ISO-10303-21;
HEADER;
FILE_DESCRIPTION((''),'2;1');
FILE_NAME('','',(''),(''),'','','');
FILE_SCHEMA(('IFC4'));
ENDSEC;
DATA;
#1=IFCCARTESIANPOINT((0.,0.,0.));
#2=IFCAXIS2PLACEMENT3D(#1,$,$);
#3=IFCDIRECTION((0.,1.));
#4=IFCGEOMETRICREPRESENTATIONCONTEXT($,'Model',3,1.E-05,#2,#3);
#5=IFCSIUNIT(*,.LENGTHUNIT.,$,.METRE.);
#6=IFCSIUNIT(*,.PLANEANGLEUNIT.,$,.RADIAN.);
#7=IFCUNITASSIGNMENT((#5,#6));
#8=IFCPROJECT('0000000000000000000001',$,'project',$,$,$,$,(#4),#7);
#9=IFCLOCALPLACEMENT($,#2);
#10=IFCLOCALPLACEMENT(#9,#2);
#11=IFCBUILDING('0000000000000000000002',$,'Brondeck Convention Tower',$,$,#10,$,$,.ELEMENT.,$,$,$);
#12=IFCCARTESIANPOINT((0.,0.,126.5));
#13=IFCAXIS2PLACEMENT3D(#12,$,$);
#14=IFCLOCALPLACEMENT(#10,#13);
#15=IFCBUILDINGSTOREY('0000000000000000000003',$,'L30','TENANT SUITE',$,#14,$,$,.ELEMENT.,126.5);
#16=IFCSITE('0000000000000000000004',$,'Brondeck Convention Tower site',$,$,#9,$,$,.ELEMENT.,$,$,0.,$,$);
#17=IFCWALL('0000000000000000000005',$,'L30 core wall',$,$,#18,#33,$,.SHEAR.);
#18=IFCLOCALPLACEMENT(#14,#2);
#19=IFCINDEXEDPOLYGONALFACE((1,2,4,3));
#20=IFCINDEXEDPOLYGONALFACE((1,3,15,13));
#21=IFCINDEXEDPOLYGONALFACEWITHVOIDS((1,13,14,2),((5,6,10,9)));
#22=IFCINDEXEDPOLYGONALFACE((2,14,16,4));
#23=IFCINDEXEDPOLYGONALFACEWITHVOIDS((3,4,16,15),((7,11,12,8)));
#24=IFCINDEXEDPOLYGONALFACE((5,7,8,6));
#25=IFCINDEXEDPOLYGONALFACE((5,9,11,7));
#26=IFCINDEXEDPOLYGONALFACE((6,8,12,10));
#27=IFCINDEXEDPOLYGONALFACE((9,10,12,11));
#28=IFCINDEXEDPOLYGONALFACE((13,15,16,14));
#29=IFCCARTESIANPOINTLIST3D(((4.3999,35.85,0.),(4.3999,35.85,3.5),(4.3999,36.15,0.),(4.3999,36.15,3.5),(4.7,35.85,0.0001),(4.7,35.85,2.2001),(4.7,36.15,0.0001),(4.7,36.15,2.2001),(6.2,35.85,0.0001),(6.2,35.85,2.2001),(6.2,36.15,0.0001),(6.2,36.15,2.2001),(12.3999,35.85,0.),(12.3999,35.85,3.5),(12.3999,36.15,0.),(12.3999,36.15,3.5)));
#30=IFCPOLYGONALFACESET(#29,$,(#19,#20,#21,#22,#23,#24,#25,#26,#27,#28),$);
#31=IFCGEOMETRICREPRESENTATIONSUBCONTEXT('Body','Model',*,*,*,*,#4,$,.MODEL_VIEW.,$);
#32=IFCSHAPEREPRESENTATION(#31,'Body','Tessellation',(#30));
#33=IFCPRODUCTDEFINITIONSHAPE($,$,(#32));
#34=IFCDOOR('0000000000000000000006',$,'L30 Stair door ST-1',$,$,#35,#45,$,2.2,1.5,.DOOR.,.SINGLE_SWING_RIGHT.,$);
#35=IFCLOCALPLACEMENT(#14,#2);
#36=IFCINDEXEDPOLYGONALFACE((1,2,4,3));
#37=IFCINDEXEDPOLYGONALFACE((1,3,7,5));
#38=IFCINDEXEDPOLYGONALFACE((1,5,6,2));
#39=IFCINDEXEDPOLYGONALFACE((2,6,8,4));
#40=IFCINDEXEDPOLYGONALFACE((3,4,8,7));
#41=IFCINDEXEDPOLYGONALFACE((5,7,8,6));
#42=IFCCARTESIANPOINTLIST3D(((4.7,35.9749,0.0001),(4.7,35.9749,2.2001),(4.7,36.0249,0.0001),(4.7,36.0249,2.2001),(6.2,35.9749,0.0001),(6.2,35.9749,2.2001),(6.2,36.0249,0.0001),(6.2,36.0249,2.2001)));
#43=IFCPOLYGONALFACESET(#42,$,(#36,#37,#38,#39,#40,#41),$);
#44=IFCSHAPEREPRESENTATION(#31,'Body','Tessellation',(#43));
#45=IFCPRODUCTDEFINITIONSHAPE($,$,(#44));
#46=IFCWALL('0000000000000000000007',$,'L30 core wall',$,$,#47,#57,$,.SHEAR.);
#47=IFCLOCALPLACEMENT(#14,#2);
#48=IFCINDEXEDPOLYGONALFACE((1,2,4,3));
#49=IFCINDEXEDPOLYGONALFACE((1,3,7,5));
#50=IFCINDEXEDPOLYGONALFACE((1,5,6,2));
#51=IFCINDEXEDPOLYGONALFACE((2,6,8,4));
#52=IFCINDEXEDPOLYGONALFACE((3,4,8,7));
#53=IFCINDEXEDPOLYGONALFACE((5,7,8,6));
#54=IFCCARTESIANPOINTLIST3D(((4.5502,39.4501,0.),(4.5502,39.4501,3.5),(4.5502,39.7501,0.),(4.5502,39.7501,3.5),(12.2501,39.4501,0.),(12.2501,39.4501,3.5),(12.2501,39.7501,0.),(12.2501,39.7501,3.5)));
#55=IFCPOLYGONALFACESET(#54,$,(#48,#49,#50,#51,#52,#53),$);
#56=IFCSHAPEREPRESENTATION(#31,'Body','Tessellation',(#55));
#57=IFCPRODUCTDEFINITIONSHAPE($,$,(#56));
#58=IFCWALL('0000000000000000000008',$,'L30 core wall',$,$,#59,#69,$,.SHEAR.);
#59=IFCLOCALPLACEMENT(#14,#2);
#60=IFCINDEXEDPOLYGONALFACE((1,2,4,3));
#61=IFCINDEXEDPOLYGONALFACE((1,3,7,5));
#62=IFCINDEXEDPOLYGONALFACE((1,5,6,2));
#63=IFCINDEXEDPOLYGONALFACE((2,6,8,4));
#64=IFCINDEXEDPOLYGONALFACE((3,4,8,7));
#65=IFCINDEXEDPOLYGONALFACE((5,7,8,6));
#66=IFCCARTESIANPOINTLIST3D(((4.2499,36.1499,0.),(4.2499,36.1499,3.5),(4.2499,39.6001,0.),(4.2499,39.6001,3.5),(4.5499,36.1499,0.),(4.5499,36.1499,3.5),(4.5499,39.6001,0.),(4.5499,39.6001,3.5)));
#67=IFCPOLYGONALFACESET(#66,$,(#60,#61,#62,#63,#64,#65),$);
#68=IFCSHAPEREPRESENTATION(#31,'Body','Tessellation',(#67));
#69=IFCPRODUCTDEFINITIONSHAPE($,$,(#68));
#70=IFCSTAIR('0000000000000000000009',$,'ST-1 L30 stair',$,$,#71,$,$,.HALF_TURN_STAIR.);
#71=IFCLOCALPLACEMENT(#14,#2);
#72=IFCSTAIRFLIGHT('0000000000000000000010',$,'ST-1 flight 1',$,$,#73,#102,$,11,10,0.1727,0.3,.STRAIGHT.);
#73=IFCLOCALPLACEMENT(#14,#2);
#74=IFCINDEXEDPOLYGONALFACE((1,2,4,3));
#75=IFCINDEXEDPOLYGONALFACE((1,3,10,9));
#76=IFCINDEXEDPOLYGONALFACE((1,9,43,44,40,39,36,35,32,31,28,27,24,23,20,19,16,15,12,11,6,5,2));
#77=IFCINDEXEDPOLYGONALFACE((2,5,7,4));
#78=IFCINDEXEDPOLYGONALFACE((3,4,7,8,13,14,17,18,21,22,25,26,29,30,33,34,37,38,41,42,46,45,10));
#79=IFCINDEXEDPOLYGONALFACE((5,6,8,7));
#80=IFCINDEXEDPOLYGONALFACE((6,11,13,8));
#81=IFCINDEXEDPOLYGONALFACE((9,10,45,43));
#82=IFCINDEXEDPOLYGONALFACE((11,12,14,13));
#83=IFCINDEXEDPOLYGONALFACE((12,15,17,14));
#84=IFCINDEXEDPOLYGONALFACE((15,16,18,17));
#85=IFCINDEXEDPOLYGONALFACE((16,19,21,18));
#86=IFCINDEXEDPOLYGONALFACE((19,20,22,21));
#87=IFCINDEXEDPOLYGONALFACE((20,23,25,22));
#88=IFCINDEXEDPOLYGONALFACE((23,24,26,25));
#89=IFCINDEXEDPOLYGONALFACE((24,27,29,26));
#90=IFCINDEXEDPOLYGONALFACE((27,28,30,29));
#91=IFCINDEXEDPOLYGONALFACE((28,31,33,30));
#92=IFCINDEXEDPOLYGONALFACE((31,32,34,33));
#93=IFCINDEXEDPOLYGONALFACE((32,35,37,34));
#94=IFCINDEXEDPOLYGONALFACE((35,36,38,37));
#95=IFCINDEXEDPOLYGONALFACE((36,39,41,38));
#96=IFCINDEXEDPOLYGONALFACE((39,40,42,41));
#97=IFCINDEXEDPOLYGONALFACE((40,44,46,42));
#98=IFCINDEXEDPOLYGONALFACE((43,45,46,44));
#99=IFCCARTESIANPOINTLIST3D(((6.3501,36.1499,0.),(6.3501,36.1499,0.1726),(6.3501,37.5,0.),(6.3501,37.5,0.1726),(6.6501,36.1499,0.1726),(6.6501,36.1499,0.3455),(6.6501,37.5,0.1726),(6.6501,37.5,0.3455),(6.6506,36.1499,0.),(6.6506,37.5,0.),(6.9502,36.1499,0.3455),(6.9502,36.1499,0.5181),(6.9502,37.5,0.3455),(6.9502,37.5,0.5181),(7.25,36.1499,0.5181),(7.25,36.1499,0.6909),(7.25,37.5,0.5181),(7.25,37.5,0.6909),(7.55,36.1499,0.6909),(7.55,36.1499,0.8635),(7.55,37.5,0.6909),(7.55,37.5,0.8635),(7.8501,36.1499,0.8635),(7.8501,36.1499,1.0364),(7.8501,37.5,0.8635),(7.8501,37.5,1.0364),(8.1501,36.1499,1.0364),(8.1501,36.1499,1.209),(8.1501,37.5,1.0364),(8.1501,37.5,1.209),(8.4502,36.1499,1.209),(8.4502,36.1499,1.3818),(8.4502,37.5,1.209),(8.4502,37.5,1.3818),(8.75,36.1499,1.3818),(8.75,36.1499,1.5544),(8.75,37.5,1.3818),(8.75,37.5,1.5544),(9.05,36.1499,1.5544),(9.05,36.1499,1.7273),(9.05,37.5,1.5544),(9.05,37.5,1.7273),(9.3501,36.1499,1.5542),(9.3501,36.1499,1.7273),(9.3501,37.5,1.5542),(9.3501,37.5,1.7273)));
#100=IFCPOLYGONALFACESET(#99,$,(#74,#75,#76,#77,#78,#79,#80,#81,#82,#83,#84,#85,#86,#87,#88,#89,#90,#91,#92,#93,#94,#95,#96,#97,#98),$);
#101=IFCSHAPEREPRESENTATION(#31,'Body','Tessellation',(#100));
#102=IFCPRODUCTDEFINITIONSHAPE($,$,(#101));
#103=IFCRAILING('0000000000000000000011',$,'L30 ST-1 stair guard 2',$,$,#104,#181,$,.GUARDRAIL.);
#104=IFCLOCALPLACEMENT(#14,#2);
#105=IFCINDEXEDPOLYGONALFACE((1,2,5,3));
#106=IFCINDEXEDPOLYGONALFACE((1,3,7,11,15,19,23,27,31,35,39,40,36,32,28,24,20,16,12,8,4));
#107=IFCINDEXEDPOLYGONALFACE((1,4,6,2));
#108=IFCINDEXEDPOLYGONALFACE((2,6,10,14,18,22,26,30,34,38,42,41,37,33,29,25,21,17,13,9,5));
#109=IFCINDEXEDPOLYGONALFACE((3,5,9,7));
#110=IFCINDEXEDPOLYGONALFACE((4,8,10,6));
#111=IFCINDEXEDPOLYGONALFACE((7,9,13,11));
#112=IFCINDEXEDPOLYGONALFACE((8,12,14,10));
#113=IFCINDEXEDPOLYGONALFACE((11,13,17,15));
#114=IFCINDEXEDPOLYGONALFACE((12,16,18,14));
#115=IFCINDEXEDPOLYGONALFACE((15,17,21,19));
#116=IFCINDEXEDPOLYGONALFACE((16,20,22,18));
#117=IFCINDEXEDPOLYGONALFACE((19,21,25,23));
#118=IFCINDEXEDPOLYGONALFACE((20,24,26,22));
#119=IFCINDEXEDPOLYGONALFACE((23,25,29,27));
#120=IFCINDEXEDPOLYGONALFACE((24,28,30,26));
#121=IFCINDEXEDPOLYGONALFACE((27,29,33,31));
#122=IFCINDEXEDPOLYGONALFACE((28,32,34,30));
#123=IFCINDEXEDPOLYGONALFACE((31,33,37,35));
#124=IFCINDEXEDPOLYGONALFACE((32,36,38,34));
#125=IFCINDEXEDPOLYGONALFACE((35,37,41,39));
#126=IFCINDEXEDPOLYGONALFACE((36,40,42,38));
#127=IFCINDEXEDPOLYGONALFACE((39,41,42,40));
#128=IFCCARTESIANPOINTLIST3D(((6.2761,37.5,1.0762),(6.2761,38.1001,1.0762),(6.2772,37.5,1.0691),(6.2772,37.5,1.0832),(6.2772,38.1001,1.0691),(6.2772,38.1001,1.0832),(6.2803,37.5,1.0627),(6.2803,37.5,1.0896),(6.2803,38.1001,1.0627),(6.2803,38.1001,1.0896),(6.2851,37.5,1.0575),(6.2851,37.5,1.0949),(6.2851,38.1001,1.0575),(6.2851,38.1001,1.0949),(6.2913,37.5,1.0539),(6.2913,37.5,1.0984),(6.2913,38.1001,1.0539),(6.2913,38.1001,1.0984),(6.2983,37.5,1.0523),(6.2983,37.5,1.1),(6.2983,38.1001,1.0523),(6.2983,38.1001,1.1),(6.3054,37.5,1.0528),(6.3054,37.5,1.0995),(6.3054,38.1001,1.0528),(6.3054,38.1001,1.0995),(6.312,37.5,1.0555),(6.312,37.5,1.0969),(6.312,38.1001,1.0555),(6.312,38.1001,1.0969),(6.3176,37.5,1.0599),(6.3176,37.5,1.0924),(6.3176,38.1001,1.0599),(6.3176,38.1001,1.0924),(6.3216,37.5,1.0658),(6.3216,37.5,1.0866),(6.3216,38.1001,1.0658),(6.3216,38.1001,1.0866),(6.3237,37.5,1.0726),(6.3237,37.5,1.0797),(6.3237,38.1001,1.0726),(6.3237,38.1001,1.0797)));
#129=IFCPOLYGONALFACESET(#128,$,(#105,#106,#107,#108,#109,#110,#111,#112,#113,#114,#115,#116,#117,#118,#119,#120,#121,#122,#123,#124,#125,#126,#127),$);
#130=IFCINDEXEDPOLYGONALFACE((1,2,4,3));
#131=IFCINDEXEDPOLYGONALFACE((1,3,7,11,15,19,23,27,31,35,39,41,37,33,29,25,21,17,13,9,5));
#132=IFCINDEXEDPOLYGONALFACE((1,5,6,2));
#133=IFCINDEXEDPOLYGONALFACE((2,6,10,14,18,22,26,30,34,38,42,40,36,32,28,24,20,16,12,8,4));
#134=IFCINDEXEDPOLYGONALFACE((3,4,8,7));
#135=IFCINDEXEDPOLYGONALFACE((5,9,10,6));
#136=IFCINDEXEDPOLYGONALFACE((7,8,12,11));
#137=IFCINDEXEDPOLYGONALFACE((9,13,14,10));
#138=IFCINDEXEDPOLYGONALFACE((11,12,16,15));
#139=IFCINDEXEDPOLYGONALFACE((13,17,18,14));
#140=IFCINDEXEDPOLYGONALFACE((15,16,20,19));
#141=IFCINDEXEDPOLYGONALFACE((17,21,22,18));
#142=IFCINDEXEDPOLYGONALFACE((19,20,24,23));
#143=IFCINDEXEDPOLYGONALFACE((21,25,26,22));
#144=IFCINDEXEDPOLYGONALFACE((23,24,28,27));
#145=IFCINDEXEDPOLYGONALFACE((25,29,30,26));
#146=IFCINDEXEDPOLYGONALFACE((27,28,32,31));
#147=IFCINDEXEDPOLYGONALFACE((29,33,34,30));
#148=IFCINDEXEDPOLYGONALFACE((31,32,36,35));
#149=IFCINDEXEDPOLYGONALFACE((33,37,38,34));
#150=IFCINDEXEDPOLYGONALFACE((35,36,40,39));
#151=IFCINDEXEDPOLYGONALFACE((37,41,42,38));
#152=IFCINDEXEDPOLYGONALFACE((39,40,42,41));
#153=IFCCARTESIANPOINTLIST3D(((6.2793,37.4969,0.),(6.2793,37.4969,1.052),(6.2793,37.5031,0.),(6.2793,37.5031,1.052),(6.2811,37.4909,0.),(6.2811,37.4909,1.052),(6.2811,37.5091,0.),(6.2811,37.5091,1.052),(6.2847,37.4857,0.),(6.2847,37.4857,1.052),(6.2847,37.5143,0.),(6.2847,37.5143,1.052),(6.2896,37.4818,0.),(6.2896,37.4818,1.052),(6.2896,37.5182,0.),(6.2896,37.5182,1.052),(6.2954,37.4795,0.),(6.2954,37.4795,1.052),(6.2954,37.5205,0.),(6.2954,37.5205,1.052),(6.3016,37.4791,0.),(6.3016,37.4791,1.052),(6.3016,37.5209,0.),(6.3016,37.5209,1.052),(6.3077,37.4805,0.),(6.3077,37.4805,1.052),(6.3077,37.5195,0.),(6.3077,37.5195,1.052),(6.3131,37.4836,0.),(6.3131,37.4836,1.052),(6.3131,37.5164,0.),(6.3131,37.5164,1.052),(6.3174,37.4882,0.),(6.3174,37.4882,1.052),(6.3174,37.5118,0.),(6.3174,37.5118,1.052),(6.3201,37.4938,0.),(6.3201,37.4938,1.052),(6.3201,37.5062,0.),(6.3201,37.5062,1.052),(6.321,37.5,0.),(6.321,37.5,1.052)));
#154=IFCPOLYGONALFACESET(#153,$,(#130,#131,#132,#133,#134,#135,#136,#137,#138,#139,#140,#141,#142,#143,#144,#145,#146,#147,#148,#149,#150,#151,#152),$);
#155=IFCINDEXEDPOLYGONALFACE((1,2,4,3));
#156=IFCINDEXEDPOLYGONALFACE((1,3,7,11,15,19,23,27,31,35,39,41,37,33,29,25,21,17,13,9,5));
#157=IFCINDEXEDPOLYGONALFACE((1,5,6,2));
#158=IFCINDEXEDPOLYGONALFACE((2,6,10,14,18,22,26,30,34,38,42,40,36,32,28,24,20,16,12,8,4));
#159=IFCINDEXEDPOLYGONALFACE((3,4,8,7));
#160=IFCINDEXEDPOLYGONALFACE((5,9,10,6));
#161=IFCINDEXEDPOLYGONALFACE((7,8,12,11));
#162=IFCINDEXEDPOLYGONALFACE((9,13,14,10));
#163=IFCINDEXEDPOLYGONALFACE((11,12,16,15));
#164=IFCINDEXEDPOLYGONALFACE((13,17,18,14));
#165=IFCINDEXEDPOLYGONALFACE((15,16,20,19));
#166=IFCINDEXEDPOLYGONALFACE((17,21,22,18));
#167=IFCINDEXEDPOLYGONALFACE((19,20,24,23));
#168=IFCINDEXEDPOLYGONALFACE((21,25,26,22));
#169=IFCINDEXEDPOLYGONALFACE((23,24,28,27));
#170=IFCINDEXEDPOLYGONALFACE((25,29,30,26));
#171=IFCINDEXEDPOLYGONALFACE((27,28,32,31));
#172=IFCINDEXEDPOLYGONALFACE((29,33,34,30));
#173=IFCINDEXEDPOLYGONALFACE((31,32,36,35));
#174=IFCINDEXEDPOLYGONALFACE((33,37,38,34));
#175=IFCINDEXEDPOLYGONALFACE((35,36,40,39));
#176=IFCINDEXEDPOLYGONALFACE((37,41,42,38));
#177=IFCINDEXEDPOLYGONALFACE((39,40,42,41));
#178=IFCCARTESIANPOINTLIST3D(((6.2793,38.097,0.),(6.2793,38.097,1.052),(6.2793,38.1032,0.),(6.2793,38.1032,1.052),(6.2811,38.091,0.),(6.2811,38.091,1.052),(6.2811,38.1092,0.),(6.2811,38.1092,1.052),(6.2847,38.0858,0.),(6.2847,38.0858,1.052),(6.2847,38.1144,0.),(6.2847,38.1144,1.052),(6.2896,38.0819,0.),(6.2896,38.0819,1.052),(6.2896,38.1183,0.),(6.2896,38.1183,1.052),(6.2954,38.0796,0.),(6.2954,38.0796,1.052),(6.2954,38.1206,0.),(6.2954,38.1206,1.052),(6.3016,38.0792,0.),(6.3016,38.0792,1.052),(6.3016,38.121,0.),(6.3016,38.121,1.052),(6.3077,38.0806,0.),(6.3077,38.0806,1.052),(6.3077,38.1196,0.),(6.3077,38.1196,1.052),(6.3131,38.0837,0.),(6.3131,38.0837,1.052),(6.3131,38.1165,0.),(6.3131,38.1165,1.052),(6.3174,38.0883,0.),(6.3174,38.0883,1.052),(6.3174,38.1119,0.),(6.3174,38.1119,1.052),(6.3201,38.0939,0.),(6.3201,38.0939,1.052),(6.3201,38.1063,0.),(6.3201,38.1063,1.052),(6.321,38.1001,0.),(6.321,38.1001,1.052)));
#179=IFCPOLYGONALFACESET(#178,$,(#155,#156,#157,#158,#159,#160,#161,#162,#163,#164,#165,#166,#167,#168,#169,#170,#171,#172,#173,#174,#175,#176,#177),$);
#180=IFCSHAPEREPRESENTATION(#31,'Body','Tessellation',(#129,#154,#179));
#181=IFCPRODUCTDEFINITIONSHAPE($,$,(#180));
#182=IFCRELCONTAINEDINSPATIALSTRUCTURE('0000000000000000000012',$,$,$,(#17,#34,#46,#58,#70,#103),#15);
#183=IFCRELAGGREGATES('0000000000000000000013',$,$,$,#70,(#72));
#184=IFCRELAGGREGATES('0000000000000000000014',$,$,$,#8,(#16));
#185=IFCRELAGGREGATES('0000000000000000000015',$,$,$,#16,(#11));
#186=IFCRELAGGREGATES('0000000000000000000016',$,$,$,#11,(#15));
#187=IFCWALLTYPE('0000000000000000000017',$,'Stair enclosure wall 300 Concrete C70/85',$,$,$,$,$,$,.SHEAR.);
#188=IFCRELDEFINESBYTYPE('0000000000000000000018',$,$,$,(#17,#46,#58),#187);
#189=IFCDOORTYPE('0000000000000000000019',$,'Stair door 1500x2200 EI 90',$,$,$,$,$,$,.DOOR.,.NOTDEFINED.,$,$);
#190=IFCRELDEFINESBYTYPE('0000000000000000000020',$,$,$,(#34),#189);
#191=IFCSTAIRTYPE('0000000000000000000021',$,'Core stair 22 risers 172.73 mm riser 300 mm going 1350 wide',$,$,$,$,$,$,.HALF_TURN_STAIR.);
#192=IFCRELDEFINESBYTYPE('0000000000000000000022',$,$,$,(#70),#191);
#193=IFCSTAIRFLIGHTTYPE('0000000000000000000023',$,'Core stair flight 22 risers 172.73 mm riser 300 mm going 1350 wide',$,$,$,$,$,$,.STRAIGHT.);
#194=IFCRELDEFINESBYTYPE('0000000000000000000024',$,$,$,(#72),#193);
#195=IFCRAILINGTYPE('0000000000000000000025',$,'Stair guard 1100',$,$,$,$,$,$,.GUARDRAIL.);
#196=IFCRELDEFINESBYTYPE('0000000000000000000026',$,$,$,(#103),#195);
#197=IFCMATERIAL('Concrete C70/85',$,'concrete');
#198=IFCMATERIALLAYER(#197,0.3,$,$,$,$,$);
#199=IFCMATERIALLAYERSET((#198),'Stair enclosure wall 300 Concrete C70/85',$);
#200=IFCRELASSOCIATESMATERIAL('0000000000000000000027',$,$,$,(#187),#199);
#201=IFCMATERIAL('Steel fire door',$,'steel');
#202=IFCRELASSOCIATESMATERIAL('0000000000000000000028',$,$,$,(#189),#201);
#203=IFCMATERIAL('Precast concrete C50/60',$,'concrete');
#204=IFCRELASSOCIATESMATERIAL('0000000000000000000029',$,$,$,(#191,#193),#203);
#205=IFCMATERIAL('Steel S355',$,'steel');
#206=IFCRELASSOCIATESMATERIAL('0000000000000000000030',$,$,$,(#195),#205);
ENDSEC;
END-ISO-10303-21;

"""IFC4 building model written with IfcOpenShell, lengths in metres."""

from ifc_helpers import new_model, si_unit, direction, frame, frame_2d, origin, origin_2d, place, context, subcontext, project, spatial, polyline, rectangle, circle, outline, extrude, material, layer, layer_set, type_object, element, fill, aggregate, save


model = new_model("IFC4")

# Units and contexts
model_context = context("Model", 3, precision=1e-05, world=origin(), true_north=direction((0.0, 1.0)))
body_context = subcontext(model_context, "Body", "Model", "MODEL_VIEW")
ifc_project = project(units=[si_unit("LENGTHUNIT", "METRE"), si_unit("PLANEANGLEUNIT", "RADIAN")], contexts=[model_context])

# Site, building, storey
site_placement = place(None, origin())
site = spatial("IfcSite", under=ifc_project, at=site_placement, Name="Brondeck Convention Tower site", CompositionType="ELEMENT", RefElevation=0.0)
building_placement = place(site_placement, origin())
building = spatial("IfcBuilding", under=site, at=building_placement, Name="Brondeck Convention Tower", CompositionType="ELEMENT")
storey_placement = place(building_placement, frame((0.0, 0.0, 126.5)))
storey = spatial("IfcBuildingStorey", under=building, at=storey_placement, Name="L30", Description="TENANT SUITE", CompositionType="ELEMENT", Elevation=126.5)

# Shared definitions
ifc_material_1 = material(Name="Concrete C70/85", Category="concrete")

# Shared definitions
ifc_material_2 = material(Name="Steel fire door", Category="steel")

# Wall, opening, door
ifc_layer_1 = layer(ifc_material_1, 0.3)
ifc_layer_set_1 = layer_set([ifc_layer_1], Name="Stair enclosure wall 300 Concrete C70/85")
wall_type_1 = type_object("IfcWallType", Name="Stair enclosure wall 300 Concrete C70/85", PredefinedType="SHEAR", material=ifc_layer_set_1)
wall_1_placement = place(storey_placement, frame((4.3999, 36.0, 0.0), z_axis=(0.0, 0.0, 1.0), x_axis=(1.0, 0.0, 0.0)))
wall_1 = element("IfcWall", 1, at=wall_1_placement, inside=storey, type_object=wall_type_1, Name="L30 core wall", PredefinedType="SHEAR", context=body_context, shape_type="SweptSolid", body=[
    extrude(rectangle(XDim=8.0, YDim=0.3, at=frame_2d((4.0, 0.0))), origin(), (0.0, 0.0, 1.0), 3.5),
])
opening_1_placement = place(wall_1_placement, frame((0.3, 0.0, 0.0)))
opening_1 = element("IfcOpeningElement", 2, at=opening_1_placement, cuts=wall_1, PredefinedType="OPENING", context=body_context, shape_type="SweptSolid", body=[
    extrude(rectangle(XDim=1.5, YDim=2.2, at=frame_2d((0.75, 1.1001))), frame((0.0, 0.1599, 0.0), z_axis=(0.0, -1.0, 0.0), x_axis=(1.0, 0.0, 0.0)), (0.0, 0.0, 1.0), 0.3201),
])
door_type_1 = type_object("IfcDoorType", Name="Stair door 1500x2200 EI 90", OperationType="NOTDEFINED", PredefinedType="DOOR", material=ifc_material_2)
door_1_placement = place(opening_1_placement, origin())
door_1 = element("IfcDoor", 3, at=door_1_placement, inside=storey, type_object=door_type_1, Name="L30 Stair door ST-1", OperationType="SINGLE_SWING_RIGHT", OverallHeight=2.2, OverallWidth=1.5, PredefinedType="DOOR", context=body_context, shape_type="SweptSolid", body=[
    extrude(rectangle(XDim=1.5, YDim=2.2, at=frame_2d((0.75, 1.1001))), frame((0.0, 0.0249, 0.0), z_axis=(0.0, -1.0, 0.0), x_axis=(1.0, 0.0, 0.0)), (0.0, 0.0, 1.0), 0.05),
])
fill(opening_1, door_1)

# Walls
wall_2_placement = place(storey_placement, frame((4.55, 39.6001, 0.0), z_axis=(0.0, 0.0, 1.0), x_axis=(1.0, 0.0, 0.0)))
element("IfcWall", 4, at=wall_2_placement, inside=storey, type_object=wall_type_1, Name="L30 core wall", PredefinedType="SHEAR", context=body_context, shape_type="SweptSolid", body=[
    extrude(rectangle(XDim=7.7, YDim=0.3, at=frame_2d((3.8501, 0.0))), origin(), (0.0, 0.0, 1.0), 3.5),
])
wall_3_placement = place(storey_placement, frame((4.3999, 36.1499, 0.0), z_axis=(0.0, 0.0, 1.0), x_axis=(0.0, 1.0, 0.0)))
element("IfcWall", 5, at=wall_3_placement, inside=storey, type_object=wall_type_1, Name="L30 core wall", PredefinedType="SHEAR", context=body_context, shape_type="SweptSolid", body=[
    extrude(rectangle(XDim=3.4502, YDim=0.3, at=frame_2d((1.7251, 0.0))), origin(), (0.0, 0.0, 1.0), 3.5),
])

# Stair, stair flight
ifc_material_3 = material(Name="Precast concrete C50/60", Category="concrete")
stair_type = type_object("IfcStairType", Name="Core stair 22 risers 172.73 mm riser 300 mm going 1350 wide", PredefinedType="HALF_TURN_STAIR", material=ifc_material_3)
stair_placement = place(storey_placement, origin())
stair = element("IfcStair", 6, at=stair_placement, inside=storey, type_object=stair_type, Name="ST-1 L30 stair", PredefinedType="HALF_TURN_STAIR")
stair_flight_type = type_object("IfcStairFlightType", Name="Core stair flight 22 risers 172.73 mm riser 300 mm going 1350 wide", PredefinedType="STRAIGHT", material=ifc_material_3)
stair_flight_placement = place(storey_placement, frame((6.3501, 36.825, 0.0), z_axis=(0.0, 0.0, 1.0), x_axis=(1.0, 0.0, 0.0)))
stair_flight = element("IfcStairFlight", 7, at=stair_flight_placement, type_object=stair_flight_type, Name="ST-1 flight 1", NumberOfRisers=11, NumberOfTreads=10, PredefinedType="STRAIGHT", RiserHeight=0.1727, TreadLength=0.3, context=body_context, shape_type="SweptSolid", body=[
    extrude(outline(polyline([(0.0, 0.0), (0.0, 0.1726), (0.3, 0.1726), (0.3, 0.3455), (0.6001, 0.3455), (0.6001, 0.5181), (0.8999, 0.5181), (0.8999, 0.6909), (1.2, 0.6909), (1.2, 0.8635), (1.5, 0.8635), (1.5, 1.0364), (1.8, 1.0364), (1.8, 1.209), (2.1001, 1.209), (2.1001, 1.3818), (2.3999, 1.3818), (2.3999, 1.5544), (2.7, 1.5544), (2.7, 1.7273), (3.0, 1.7273), (3.0, 1.8999), (3.0, 1.5542), (0.3005, 0.0), (0.0, 0.0)])), frame((0.0, 0.675, 0.0), z_axis=(0.0, -1.0, 0.0), x_axis=(1.0, 0.0, 0.0)), (0.0, 0.0, 1.0), 1.3501),
])
aggregate(stair, [stair_flight])

# Railing
ifc_material_4 = material(Name="Steel S355", Category="steel")
railing_type_1 = type_object("IfcRailingType", Name="Stair guard 1100", PredefinedType="GUARDRAIL", material=ifc_material_4)
railing_1_placement = place(storey_placement, frame((6.3, 37.5, 0.0)))
element("IfcRailing", 8, at=railing_1_placement, inside=storey, type_object=railing_type_1, Name="L30 ST-1 stair guard 2", PredefinedType="GUARDRAIL", context=body_context, shape_type="SweptSolid", body=[
    extrude(circle(Radius=0.0239, at=origin_2d()), frame((0.0, 0.0, 1.0762), z_axis=(0.0, 1.0, 0.0), x_axis=(-1.0, 0.0, 0.0)), (0.0, 0.0, 1.0), 0.6001),
    extrude(circle(Radius=0.021, at=origin_2d()), origin(), (0.0, 0.0, 1.0), 1.052),
    extrude(circle(Radius=0.021, at=origin_2d()), frame((0.0, 0.6001, 0.0)), (0.0, 0.0, 1.0), 1.052),
])

save(model, "model.ifc")
